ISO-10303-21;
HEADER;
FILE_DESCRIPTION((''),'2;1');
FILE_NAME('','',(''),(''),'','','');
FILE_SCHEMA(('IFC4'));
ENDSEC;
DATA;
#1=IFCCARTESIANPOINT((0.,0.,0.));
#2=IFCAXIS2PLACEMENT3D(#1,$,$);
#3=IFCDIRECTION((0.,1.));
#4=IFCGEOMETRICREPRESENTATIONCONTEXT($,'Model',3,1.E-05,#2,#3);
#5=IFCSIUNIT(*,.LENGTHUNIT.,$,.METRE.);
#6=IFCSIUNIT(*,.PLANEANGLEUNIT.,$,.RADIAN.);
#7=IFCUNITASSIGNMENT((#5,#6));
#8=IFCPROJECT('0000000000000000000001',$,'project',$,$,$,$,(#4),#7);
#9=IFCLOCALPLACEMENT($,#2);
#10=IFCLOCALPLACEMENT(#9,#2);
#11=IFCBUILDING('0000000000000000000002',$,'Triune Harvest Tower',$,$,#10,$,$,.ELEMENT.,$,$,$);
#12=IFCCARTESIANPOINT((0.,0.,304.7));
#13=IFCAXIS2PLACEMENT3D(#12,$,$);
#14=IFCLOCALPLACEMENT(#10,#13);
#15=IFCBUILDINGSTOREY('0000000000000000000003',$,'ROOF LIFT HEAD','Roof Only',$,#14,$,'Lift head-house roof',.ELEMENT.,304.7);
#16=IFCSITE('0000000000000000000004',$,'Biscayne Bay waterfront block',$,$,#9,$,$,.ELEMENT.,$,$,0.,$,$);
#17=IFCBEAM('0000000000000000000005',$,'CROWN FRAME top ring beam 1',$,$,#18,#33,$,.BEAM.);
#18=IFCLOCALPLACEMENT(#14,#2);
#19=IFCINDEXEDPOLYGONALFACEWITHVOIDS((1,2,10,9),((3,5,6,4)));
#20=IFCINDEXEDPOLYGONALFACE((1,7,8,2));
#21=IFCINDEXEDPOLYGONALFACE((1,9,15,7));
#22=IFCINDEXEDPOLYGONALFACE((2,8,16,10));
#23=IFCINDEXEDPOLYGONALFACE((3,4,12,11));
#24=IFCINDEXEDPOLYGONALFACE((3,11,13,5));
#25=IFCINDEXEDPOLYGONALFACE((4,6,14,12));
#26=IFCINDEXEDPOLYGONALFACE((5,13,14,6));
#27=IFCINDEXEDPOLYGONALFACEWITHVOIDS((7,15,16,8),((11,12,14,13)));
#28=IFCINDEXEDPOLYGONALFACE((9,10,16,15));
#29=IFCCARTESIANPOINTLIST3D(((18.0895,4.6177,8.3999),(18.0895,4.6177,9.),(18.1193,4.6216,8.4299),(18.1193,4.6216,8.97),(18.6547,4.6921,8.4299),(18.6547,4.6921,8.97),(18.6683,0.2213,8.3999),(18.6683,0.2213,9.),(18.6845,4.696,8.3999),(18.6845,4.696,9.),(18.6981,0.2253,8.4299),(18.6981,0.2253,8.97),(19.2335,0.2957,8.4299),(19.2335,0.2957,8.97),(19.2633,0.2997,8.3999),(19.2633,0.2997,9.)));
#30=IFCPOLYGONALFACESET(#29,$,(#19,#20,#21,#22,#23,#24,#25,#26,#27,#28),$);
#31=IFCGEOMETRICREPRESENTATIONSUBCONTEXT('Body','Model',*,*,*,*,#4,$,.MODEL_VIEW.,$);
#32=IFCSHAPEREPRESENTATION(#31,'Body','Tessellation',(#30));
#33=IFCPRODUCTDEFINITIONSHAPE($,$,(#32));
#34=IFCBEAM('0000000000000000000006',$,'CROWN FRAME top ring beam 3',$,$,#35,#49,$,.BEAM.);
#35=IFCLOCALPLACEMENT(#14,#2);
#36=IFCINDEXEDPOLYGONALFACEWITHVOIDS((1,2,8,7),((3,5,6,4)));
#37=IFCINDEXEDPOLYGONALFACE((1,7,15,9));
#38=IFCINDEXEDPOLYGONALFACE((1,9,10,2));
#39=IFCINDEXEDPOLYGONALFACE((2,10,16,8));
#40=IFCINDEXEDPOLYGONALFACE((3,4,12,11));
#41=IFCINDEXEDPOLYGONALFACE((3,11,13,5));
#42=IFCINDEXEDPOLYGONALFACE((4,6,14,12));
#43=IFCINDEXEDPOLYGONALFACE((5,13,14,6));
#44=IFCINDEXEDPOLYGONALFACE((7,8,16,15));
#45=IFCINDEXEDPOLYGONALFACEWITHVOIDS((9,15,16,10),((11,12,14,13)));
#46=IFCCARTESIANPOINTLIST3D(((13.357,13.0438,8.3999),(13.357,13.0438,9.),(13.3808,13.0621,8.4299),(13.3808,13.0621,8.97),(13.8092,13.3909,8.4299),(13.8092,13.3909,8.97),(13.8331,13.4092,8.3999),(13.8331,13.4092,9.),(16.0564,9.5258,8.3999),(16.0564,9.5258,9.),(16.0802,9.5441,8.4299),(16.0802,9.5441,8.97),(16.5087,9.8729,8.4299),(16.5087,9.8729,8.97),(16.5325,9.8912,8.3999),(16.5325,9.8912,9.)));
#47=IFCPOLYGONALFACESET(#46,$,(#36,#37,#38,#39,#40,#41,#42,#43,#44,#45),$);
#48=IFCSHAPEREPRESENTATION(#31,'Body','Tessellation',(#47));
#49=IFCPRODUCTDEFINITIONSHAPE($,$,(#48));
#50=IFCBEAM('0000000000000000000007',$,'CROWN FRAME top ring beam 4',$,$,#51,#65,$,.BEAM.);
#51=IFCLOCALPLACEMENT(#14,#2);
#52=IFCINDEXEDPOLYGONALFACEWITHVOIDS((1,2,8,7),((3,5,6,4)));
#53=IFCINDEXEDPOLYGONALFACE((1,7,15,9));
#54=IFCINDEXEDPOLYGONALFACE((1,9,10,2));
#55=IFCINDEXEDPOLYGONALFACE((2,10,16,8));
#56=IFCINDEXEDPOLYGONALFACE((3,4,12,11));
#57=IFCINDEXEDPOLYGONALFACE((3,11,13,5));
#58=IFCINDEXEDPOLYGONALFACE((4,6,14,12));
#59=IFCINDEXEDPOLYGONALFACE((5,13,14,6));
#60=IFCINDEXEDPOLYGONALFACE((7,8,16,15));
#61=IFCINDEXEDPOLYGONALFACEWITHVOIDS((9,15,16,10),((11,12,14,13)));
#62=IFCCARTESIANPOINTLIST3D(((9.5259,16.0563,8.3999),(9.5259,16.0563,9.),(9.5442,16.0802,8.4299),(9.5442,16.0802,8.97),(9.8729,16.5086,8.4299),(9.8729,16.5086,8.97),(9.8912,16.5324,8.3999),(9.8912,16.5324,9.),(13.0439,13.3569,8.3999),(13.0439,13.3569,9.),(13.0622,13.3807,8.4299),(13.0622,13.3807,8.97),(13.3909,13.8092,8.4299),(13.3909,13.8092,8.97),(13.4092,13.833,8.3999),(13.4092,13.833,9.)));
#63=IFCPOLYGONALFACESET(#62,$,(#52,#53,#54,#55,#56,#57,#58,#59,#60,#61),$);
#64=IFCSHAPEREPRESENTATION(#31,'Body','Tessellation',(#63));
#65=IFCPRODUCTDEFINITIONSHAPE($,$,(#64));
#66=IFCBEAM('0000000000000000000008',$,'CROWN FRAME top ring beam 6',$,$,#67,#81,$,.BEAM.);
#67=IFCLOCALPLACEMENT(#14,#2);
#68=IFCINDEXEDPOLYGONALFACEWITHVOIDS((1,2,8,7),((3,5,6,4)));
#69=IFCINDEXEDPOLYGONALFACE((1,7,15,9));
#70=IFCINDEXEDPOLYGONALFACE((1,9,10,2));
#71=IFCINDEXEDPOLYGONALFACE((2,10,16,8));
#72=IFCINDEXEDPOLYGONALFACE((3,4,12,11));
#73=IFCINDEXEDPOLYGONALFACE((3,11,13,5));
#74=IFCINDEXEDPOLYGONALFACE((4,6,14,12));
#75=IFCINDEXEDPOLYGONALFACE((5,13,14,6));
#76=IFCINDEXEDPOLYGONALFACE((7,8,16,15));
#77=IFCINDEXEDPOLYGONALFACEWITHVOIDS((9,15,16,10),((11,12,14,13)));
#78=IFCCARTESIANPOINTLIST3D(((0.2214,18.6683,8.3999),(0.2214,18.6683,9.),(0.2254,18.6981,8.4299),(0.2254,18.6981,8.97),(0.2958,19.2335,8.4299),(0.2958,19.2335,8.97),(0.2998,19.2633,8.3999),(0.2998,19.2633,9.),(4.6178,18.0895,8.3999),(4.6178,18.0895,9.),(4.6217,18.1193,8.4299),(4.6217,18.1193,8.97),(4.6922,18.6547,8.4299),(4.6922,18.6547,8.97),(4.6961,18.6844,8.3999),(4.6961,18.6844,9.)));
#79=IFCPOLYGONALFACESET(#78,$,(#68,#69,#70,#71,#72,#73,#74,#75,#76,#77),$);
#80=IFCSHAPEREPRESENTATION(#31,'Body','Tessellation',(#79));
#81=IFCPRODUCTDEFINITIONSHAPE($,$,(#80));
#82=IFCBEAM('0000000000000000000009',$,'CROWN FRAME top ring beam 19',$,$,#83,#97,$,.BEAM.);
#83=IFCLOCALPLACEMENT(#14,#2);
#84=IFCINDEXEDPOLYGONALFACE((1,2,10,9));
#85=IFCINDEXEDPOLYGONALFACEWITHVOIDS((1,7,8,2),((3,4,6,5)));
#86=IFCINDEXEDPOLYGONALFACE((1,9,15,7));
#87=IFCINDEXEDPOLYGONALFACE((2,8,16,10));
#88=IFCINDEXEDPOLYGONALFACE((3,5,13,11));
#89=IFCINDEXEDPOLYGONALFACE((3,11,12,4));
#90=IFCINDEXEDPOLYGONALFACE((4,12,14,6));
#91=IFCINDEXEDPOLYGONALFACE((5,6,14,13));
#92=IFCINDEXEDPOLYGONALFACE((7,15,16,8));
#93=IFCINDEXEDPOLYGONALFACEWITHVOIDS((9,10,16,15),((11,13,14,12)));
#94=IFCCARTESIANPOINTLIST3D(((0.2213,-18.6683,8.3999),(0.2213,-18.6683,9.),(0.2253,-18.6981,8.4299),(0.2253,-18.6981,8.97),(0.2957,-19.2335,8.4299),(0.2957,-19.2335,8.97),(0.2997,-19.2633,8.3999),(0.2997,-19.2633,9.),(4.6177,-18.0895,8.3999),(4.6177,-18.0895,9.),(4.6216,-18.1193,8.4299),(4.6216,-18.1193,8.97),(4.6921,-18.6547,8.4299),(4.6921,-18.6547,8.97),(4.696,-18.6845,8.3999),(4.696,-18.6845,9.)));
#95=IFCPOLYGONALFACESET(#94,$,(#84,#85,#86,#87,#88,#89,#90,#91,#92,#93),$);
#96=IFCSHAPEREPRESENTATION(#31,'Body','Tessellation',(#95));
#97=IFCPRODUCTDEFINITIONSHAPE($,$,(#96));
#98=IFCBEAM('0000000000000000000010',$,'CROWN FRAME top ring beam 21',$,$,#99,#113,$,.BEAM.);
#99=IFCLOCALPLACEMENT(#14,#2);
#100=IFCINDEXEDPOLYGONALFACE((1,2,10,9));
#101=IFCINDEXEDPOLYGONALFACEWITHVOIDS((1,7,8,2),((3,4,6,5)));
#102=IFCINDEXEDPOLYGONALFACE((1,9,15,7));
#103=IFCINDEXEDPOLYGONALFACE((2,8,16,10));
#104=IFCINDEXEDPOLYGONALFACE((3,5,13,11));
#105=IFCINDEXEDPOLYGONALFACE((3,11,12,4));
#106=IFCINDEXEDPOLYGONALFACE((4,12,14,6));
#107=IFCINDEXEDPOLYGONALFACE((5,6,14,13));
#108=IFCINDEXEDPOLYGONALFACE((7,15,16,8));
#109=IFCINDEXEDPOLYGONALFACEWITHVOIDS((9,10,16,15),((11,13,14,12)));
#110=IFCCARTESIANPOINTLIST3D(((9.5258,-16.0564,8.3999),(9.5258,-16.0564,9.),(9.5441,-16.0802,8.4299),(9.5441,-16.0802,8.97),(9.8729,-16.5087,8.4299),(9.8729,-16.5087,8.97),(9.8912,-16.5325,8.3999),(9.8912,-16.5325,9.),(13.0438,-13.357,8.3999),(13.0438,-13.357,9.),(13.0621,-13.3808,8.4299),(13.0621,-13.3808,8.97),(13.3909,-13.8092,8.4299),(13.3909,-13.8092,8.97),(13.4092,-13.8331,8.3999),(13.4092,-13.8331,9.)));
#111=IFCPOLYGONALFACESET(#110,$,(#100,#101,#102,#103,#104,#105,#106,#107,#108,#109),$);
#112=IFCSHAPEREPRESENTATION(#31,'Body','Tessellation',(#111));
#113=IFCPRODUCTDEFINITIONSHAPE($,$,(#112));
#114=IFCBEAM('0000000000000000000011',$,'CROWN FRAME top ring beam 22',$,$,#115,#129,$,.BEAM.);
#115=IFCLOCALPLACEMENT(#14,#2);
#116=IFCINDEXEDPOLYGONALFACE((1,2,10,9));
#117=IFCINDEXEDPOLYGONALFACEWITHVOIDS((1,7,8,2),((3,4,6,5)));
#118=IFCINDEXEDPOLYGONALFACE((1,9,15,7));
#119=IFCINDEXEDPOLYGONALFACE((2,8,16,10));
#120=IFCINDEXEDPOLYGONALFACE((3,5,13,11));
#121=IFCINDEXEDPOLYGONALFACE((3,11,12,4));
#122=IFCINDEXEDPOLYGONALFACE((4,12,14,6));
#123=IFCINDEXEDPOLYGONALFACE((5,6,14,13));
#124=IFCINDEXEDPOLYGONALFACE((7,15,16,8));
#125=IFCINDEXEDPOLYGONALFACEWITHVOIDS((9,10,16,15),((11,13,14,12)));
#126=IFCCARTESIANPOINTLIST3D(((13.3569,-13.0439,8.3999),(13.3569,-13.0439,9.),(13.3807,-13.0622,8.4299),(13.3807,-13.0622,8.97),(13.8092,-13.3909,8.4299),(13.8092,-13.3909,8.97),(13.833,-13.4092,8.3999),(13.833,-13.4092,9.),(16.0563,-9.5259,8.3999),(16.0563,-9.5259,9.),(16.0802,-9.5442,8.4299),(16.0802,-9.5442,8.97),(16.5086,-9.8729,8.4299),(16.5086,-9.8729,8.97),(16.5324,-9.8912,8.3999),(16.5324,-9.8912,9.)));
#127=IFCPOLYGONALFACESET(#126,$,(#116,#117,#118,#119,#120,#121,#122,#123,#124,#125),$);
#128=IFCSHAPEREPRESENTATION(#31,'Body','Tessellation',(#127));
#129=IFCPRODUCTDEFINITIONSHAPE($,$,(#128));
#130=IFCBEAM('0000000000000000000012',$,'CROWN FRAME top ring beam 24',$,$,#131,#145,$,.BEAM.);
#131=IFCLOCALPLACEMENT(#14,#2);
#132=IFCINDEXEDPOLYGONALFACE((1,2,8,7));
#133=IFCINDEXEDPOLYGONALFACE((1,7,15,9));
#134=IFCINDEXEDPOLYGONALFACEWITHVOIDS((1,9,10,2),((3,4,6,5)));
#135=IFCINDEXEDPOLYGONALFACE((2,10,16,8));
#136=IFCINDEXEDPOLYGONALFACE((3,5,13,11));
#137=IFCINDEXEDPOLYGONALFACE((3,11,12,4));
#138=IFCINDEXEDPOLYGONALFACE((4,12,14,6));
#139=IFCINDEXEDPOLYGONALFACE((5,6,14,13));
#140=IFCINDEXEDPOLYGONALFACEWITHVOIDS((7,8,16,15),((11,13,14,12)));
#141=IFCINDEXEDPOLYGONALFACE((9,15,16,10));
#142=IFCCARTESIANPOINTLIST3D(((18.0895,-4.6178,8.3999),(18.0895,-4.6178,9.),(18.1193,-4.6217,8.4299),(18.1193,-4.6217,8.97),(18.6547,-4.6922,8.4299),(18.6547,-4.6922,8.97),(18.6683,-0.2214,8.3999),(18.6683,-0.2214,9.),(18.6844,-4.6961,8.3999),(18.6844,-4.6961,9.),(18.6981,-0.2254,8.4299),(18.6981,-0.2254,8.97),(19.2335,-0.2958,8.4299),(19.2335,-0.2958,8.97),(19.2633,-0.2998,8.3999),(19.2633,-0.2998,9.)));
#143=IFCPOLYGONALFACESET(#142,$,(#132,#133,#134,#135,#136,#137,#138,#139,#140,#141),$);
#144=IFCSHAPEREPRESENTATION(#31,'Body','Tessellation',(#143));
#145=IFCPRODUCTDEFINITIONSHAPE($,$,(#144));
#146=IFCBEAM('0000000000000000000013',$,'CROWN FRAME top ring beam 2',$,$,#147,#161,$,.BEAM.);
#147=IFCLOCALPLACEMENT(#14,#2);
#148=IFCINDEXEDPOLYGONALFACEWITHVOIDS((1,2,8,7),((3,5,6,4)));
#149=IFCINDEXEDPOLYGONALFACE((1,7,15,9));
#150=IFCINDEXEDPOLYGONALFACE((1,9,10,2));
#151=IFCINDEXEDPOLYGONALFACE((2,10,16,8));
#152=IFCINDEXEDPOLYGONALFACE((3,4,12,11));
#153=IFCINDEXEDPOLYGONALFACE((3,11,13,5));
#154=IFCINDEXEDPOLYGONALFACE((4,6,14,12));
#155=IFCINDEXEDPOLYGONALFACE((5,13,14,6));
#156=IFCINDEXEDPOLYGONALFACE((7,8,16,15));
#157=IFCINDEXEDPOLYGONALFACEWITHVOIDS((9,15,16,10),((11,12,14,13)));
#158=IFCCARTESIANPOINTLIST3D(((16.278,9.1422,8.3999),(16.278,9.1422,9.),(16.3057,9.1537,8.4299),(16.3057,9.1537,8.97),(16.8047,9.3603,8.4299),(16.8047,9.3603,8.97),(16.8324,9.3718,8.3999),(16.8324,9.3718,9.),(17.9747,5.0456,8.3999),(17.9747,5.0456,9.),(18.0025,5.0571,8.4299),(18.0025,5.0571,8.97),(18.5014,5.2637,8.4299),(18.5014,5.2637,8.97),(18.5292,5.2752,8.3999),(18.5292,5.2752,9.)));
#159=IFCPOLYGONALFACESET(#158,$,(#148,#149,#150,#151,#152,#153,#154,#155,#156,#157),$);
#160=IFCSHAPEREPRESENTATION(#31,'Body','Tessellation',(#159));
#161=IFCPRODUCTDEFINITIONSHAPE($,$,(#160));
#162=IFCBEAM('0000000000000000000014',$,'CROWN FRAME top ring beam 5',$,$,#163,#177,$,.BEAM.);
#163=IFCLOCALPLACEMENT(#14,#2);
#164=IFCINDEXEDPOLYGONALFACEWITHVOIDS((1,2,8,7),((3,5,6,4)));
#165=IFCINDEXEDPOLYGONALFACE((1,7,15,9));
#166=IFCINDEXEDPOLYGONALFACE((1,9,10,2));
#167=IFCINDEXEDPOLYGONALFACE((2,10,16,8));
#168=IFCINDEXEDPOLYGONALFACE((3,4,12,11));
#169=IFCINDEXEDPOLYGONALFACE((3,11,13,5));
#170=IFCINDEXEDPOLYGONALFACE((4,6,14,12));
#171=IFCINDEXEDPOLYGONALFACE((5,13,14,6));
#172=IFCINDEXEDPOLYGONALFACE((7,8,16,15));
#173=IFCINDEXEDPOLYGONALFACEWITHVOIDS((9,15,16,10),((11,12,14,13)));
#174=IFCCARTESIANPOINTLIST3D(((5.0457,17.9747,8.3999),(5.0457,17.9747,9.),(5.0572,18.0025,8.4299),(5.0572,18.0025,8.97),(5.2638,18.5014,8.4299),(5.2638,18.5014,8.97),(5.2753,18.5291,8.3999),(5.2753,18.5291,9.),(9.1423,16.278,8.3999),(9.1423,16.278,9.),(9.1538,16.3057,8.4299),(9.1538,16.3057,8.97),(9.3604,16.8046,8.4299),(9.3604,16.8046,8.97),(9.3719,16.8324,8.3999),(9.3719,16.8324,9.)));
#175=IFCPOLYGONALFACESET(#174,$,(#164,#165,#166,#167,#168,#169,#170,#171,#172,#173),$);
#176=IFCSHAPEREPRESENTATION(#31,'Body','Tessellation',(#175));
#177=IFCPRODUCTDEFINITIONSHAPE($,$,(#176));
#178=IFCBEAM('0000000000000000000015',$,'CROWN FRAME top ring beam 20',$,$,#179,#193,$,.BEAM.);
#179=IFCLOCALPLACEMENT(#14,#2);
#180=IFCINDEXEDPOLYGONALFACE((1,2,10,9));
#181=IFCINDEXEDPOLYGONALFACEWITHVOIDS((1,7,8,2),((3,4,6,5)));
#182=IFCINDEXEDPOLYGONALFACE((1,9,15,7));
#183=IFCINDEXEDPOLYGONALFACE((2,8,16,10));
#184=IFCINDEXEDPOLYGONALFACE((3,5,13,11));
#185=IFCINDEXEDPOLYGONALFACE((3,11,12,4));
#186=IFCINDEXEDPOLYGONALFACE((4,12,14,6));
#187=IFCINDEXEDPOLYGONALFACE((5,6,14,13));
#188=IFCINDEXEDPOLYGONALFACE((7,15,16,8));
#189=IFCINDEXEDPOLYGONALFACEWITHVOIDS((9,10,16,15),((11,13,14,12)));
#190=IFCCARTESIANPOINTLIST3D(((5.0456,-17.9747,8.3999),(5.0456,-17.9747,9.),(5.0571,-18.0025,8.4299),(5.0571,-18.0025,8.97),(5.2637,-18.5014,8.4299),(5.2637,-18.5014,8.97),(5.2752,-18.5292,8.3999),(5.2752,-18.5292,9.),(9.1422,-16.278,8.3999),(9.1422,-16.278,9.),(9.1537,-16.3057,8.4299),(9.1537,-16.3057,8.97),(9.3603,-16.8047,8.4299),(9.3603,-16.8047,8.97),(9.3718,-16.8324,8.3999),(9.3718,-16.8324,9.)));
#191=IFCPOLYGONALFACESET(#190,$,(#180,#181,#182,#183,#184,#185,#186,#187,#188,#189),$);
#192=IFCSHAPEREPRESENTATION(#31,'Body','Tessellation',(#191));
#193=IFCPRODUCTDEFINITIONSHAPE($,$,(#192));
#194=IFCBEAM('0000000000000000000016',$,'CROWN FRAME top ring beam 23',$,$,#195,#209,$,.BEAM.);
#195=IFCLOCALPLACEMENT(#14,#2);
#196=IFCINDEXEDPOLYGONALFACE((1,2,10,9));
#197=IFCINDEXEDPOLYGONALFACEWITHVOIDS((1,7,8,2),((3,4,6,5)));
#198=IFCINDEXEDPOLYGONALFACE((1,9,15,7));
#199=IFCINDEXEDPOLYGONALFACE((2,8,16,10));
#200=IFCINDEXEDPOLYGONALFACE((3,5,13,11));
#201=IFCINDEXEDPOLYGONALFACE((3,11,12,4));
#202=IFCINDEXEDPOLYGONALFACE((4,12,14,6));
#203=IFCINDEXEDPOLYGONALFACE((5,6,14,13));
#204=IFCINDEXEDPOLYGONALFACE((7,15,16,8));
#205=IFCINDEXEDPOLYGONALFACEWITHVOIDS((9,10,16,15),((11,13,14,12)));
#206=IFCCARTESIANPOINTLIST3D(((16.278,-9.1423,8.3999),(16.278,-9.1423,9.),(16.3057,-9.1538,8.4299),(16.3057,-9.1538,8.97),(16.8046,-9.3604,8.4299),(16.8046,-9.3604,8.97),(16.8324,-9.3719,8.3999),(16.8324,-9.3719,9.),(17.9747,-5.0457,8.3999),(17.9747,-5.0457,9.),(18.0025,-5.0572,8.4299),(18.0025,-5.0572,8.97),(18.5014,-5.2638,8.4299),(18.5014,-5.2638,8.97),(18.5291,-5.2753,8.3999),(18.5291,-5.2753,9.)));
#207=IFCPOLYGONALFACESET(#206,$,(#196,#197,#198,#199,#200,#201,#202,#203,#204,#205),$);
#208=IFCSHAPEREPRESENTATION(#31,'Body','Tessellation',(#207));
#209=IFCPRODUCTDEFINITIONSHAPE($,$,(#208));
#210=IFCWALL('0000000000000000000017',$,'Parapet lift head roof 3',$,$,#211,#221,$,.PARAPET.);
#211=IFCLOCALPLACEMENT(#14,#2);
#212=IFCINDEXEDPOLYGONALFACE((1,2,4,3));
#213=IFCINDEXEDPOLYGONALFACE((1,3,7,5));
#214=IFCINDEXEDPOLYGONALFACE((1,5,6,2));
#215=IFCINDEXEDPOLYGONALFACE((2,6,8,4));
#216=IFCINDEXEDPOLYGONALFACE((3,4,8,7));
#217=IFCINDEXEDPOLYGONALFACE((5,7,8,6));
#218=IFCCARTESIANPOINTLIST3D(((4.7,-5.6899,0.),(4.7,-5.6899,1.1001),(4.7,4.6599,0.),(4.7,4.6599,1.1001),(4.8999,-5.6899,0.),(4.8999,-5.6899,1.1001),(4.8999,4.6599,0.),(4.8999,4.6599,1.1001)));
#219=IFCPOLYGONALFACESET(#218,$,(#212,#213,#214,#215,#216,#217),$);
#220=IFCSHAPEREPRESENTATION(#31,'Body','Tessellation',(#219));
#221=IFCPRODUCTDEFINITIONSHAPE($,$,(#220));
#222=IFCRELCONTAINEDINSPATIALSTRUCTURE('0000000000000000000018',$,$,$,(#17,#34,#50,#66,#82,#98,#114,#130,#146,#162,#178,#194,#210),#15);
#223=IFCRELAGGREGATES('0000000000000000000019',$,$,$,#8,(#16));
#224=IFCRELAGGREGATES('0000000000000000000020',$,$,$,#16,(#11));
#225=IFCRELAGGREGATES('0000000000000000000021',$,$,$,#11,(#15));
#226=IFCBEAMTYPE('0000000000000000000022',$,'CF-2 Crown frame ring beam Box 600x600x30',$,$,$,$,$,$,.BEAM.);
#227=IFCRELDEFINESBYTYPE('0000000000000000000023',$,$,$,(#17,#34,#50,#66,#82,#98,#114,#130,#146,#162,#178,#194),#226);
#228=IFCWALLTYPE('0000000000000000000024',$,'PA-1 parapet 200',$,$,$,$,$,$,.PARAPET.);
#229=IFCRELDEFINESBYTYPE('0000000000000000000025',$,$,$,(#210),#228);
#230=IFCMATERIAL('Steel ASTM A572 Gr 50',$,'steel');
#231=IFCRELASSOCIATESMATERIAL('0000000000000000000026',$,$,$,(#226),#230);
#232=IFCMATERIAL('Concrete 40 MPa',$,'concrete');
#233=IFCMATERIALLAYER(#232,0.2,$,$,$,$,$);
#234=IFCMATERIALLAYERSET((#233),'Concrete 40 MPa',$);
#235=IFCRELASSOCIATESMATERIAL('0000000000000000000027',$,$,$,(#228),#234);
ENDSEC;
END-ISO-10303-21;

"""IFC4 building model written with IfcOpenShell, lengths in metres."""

from ifc_helpers import new_model, si_unit, direction, frame, origin, origin_2d, place, context, subcontext, project, spatial, polyline, hollow_rectangle, outline, extrude, source, transform, mapped, material, layer, layer_set, material_profile, profile_set, type_object, element, save


model = new_model("IFC4")

# Units and contexts
model_context = context("Model", 3, precision=1e-05, world=origin(), true_north=direction((0.0, 1.0)))
body_context = subcontext(model_context, "Body", "Model", "MODEL_VIEW")
ifc_project = project(units=[si_unit("LENGTHUNIT", "METRE"), si_unit("PLANEANGLEUNIT", "RADIAN")], contexts=[model_context])

# Site, building, storey
site_placement = place(None, origin())
site = spatial("IfcSite", under=ifc_project, at=site_placement, Name="Biscayne Bay waterfront block", CompositionType="ELEMENT", RefElevation=0.0)
building_placement = place(site_placement, origin())
building = spatial("IfcBuilding", under=site, at=building_placement, Name="Triune Harvest Tower", CompositionType="ELEMENT")
storey_placement = place(building_placement, frame((0.0, 0.0, 304.7)))
storey = spatial("IfcBuildingStorey", under=building, at=storey_placement, Name="ROOF LIFT HEAD", Description="Roof Only", LongName="Lift head-house roof", CompositionType="ELEMENT", Elevation=304.7)

# Beams
ifc_material_1 = material(Name="Steel ASTM A572 Gr 50", Category="steel")
ifc_material_profile = material_profile(ifc_material_1, hollow_rectangle(XDim=0.6001, YDim=0.6001, WallThickness=0.03, at=origin_2d()), Name="Box 600x600x30")
ifc_profile_set = profile_set([ifc_material_profile], Name="Steel ASTM A572 Gr 50")
beam_type = type_object("IfcBeamType", Name="CF-2 Crown frame ring beam Box 600x600x30", PredefinedType="BEAM", material=ifc_profile_set)
shared_shape_1 = source(origin(), body_context, "Body", "SweptSolid", [
    extrude(hollow_rectangle(XDim=0.6001, YDim=0.6001, WallThickness=0.03, at=origin_2d()), origin(), (0.0, 0.0, 1.0), 4.4343),
])
for number, where, z_axis, x_axis, name in (
    (1, (18.9658, 0.2605, 8.7), (-0.130537, 0.991443, 0.0), (-0.991443, -0.130537, 0.0), "CROWN FRAME top ring beam 1"),
    (2, (16.2944, 9.7085, 8.7), (-0.608755, 0.793358, 0.0), (-0.793358, -0.608755, 0.0), "CROWN FRAME top ring beam 3"),
    (3, (13.2266, 13.595, 8.7), (-0.793358, 0.608755, 0.0), (-0.608755, -0.793358, 0.0), "CROWN FRAME top ring beam 4"),
    (4, (4.657, 18.387, 8.7), (-0.991443, 0.130537, 0.0), (-0.130537, -0.991443, 0.0), "CROWN FRAME top ring beam 6"),
    (5, (0.2605, -18.9658, 8.7), (0.991443, 0.130537, 0.0), (-0.130537, 0.991443, 0.0), "CROWN FRAME top ring beam 19"),
    (6, (9.7085, -16.2944, 8.7), (0.793358, 0.608755, 0.0), (-0.608755, 0.793358, 0.0), "CROWN FRAME top ring beam 21"),
    (7, (13.595, -13.2266, 8.7), (0.608755, 0.793358, 0.0), (-0.793358, 0.608755, 0.0), "CROWN FRAME top ring beam 22"),
    (8, (18.387, -4.657, 8.7), (0.130537, 0.991443, 0.0), (-0.991443, 0.130537, 0.0), "CROWN FRAME top ring beam 24"),
):
    element("IfcBeam", number, at=place(storey_placement, frame(where, z_axis=z_axis, x_axis=x_axis)), inside=storey, type_object=beam_type, Name=name, PredefinedType="BEAM", context=body_context, shape_type="MappedRepresentation", body=[
        mapped(shared_shape_1, transform((0.0, 0.0, 0.0), scale=1.0)),
    ])
shared_shape_2 = source(origin(), body_context, "Body", "SweptSolid", [
    extrude(hollow_rectangle(XDim=0.6001, YDim=0.6001, WallThickness=0.03, at=origin_2d()), origin(), (0.0, 0.0, 1.0), 4.4341),
])
for number, where, z_axis, x_axis, name in (
    (9, (18.252, 5.1604, 8.7), (-0.38266, 0.923889, 0.0), (-0.923889, -0.38266, 0.0), "CROWN FRAME top ring beam 2"),
    (10, (9.2571, 16.5552, 8.7), (-0.923889, 0.38266, 0.0), (-0.38266, -0.923889, 0.0), "CROWN FRAME top ring beam 5"),
    (11, (5.1604, -18.252, 8.7), (0.923889, 0.38266, 0.0), (-0.38266, 0.923889, 0.0), "CROWN FRAME top ring beam 20"),
    (12, (16.5552, -9.2571, 8.7), (0.38266, 0.923889, 0.0), (-0.923889, 0.38266, 0.0), "CROWN FRAME top ring beam 23"),
):
    element("IfcBeam", number, at=place(storey_placement, frame(where, z_axis=z_axis, x_axis=x_axis)), inside=storey, type_object=beam_type, Name=name, PredefinedType="BEAM", context=body_context, shape_type="MappedRepresentation", body=[
        mapped(shared_shape_2, transform((0.0, 0.0, 0.0), scale=1.0)),
    ])

# Wall
ifc_material_2 = material(Name="Concrete 40 MPa", Category="concrete")
ifc_layer_1 = layer(ifc_material_2, 0.2)
ifc_layer_set_1 = layer_set([ifc_layer_1], Name="Concrete 40 MPa")
wall_type = type_object("IfcWallType", Name="PA-1 parapet 200", PredefinedType="PARAPET", material=ifc_layer_set_1)
wall_1_placement = place(storey_placement, origin())
element("IfcWall", 13, at=wall_1_placement, inside=storey, type_object=wall_type, Name="Parapet lift head roof 3", PredefinedType="PARAPET", context=body_context, shape_type="SweptSolid", body=[
    extrude(outline(polyline([(4.7, -5.6899), (4.8999, -5.6899), (4.8999, 4.6599), (4.7, 4.6599), (4.7, -5.6899)])), origin(), (0.0, 0.0, 1.0), 1.1001),
])

save(model, "model.ifc")
